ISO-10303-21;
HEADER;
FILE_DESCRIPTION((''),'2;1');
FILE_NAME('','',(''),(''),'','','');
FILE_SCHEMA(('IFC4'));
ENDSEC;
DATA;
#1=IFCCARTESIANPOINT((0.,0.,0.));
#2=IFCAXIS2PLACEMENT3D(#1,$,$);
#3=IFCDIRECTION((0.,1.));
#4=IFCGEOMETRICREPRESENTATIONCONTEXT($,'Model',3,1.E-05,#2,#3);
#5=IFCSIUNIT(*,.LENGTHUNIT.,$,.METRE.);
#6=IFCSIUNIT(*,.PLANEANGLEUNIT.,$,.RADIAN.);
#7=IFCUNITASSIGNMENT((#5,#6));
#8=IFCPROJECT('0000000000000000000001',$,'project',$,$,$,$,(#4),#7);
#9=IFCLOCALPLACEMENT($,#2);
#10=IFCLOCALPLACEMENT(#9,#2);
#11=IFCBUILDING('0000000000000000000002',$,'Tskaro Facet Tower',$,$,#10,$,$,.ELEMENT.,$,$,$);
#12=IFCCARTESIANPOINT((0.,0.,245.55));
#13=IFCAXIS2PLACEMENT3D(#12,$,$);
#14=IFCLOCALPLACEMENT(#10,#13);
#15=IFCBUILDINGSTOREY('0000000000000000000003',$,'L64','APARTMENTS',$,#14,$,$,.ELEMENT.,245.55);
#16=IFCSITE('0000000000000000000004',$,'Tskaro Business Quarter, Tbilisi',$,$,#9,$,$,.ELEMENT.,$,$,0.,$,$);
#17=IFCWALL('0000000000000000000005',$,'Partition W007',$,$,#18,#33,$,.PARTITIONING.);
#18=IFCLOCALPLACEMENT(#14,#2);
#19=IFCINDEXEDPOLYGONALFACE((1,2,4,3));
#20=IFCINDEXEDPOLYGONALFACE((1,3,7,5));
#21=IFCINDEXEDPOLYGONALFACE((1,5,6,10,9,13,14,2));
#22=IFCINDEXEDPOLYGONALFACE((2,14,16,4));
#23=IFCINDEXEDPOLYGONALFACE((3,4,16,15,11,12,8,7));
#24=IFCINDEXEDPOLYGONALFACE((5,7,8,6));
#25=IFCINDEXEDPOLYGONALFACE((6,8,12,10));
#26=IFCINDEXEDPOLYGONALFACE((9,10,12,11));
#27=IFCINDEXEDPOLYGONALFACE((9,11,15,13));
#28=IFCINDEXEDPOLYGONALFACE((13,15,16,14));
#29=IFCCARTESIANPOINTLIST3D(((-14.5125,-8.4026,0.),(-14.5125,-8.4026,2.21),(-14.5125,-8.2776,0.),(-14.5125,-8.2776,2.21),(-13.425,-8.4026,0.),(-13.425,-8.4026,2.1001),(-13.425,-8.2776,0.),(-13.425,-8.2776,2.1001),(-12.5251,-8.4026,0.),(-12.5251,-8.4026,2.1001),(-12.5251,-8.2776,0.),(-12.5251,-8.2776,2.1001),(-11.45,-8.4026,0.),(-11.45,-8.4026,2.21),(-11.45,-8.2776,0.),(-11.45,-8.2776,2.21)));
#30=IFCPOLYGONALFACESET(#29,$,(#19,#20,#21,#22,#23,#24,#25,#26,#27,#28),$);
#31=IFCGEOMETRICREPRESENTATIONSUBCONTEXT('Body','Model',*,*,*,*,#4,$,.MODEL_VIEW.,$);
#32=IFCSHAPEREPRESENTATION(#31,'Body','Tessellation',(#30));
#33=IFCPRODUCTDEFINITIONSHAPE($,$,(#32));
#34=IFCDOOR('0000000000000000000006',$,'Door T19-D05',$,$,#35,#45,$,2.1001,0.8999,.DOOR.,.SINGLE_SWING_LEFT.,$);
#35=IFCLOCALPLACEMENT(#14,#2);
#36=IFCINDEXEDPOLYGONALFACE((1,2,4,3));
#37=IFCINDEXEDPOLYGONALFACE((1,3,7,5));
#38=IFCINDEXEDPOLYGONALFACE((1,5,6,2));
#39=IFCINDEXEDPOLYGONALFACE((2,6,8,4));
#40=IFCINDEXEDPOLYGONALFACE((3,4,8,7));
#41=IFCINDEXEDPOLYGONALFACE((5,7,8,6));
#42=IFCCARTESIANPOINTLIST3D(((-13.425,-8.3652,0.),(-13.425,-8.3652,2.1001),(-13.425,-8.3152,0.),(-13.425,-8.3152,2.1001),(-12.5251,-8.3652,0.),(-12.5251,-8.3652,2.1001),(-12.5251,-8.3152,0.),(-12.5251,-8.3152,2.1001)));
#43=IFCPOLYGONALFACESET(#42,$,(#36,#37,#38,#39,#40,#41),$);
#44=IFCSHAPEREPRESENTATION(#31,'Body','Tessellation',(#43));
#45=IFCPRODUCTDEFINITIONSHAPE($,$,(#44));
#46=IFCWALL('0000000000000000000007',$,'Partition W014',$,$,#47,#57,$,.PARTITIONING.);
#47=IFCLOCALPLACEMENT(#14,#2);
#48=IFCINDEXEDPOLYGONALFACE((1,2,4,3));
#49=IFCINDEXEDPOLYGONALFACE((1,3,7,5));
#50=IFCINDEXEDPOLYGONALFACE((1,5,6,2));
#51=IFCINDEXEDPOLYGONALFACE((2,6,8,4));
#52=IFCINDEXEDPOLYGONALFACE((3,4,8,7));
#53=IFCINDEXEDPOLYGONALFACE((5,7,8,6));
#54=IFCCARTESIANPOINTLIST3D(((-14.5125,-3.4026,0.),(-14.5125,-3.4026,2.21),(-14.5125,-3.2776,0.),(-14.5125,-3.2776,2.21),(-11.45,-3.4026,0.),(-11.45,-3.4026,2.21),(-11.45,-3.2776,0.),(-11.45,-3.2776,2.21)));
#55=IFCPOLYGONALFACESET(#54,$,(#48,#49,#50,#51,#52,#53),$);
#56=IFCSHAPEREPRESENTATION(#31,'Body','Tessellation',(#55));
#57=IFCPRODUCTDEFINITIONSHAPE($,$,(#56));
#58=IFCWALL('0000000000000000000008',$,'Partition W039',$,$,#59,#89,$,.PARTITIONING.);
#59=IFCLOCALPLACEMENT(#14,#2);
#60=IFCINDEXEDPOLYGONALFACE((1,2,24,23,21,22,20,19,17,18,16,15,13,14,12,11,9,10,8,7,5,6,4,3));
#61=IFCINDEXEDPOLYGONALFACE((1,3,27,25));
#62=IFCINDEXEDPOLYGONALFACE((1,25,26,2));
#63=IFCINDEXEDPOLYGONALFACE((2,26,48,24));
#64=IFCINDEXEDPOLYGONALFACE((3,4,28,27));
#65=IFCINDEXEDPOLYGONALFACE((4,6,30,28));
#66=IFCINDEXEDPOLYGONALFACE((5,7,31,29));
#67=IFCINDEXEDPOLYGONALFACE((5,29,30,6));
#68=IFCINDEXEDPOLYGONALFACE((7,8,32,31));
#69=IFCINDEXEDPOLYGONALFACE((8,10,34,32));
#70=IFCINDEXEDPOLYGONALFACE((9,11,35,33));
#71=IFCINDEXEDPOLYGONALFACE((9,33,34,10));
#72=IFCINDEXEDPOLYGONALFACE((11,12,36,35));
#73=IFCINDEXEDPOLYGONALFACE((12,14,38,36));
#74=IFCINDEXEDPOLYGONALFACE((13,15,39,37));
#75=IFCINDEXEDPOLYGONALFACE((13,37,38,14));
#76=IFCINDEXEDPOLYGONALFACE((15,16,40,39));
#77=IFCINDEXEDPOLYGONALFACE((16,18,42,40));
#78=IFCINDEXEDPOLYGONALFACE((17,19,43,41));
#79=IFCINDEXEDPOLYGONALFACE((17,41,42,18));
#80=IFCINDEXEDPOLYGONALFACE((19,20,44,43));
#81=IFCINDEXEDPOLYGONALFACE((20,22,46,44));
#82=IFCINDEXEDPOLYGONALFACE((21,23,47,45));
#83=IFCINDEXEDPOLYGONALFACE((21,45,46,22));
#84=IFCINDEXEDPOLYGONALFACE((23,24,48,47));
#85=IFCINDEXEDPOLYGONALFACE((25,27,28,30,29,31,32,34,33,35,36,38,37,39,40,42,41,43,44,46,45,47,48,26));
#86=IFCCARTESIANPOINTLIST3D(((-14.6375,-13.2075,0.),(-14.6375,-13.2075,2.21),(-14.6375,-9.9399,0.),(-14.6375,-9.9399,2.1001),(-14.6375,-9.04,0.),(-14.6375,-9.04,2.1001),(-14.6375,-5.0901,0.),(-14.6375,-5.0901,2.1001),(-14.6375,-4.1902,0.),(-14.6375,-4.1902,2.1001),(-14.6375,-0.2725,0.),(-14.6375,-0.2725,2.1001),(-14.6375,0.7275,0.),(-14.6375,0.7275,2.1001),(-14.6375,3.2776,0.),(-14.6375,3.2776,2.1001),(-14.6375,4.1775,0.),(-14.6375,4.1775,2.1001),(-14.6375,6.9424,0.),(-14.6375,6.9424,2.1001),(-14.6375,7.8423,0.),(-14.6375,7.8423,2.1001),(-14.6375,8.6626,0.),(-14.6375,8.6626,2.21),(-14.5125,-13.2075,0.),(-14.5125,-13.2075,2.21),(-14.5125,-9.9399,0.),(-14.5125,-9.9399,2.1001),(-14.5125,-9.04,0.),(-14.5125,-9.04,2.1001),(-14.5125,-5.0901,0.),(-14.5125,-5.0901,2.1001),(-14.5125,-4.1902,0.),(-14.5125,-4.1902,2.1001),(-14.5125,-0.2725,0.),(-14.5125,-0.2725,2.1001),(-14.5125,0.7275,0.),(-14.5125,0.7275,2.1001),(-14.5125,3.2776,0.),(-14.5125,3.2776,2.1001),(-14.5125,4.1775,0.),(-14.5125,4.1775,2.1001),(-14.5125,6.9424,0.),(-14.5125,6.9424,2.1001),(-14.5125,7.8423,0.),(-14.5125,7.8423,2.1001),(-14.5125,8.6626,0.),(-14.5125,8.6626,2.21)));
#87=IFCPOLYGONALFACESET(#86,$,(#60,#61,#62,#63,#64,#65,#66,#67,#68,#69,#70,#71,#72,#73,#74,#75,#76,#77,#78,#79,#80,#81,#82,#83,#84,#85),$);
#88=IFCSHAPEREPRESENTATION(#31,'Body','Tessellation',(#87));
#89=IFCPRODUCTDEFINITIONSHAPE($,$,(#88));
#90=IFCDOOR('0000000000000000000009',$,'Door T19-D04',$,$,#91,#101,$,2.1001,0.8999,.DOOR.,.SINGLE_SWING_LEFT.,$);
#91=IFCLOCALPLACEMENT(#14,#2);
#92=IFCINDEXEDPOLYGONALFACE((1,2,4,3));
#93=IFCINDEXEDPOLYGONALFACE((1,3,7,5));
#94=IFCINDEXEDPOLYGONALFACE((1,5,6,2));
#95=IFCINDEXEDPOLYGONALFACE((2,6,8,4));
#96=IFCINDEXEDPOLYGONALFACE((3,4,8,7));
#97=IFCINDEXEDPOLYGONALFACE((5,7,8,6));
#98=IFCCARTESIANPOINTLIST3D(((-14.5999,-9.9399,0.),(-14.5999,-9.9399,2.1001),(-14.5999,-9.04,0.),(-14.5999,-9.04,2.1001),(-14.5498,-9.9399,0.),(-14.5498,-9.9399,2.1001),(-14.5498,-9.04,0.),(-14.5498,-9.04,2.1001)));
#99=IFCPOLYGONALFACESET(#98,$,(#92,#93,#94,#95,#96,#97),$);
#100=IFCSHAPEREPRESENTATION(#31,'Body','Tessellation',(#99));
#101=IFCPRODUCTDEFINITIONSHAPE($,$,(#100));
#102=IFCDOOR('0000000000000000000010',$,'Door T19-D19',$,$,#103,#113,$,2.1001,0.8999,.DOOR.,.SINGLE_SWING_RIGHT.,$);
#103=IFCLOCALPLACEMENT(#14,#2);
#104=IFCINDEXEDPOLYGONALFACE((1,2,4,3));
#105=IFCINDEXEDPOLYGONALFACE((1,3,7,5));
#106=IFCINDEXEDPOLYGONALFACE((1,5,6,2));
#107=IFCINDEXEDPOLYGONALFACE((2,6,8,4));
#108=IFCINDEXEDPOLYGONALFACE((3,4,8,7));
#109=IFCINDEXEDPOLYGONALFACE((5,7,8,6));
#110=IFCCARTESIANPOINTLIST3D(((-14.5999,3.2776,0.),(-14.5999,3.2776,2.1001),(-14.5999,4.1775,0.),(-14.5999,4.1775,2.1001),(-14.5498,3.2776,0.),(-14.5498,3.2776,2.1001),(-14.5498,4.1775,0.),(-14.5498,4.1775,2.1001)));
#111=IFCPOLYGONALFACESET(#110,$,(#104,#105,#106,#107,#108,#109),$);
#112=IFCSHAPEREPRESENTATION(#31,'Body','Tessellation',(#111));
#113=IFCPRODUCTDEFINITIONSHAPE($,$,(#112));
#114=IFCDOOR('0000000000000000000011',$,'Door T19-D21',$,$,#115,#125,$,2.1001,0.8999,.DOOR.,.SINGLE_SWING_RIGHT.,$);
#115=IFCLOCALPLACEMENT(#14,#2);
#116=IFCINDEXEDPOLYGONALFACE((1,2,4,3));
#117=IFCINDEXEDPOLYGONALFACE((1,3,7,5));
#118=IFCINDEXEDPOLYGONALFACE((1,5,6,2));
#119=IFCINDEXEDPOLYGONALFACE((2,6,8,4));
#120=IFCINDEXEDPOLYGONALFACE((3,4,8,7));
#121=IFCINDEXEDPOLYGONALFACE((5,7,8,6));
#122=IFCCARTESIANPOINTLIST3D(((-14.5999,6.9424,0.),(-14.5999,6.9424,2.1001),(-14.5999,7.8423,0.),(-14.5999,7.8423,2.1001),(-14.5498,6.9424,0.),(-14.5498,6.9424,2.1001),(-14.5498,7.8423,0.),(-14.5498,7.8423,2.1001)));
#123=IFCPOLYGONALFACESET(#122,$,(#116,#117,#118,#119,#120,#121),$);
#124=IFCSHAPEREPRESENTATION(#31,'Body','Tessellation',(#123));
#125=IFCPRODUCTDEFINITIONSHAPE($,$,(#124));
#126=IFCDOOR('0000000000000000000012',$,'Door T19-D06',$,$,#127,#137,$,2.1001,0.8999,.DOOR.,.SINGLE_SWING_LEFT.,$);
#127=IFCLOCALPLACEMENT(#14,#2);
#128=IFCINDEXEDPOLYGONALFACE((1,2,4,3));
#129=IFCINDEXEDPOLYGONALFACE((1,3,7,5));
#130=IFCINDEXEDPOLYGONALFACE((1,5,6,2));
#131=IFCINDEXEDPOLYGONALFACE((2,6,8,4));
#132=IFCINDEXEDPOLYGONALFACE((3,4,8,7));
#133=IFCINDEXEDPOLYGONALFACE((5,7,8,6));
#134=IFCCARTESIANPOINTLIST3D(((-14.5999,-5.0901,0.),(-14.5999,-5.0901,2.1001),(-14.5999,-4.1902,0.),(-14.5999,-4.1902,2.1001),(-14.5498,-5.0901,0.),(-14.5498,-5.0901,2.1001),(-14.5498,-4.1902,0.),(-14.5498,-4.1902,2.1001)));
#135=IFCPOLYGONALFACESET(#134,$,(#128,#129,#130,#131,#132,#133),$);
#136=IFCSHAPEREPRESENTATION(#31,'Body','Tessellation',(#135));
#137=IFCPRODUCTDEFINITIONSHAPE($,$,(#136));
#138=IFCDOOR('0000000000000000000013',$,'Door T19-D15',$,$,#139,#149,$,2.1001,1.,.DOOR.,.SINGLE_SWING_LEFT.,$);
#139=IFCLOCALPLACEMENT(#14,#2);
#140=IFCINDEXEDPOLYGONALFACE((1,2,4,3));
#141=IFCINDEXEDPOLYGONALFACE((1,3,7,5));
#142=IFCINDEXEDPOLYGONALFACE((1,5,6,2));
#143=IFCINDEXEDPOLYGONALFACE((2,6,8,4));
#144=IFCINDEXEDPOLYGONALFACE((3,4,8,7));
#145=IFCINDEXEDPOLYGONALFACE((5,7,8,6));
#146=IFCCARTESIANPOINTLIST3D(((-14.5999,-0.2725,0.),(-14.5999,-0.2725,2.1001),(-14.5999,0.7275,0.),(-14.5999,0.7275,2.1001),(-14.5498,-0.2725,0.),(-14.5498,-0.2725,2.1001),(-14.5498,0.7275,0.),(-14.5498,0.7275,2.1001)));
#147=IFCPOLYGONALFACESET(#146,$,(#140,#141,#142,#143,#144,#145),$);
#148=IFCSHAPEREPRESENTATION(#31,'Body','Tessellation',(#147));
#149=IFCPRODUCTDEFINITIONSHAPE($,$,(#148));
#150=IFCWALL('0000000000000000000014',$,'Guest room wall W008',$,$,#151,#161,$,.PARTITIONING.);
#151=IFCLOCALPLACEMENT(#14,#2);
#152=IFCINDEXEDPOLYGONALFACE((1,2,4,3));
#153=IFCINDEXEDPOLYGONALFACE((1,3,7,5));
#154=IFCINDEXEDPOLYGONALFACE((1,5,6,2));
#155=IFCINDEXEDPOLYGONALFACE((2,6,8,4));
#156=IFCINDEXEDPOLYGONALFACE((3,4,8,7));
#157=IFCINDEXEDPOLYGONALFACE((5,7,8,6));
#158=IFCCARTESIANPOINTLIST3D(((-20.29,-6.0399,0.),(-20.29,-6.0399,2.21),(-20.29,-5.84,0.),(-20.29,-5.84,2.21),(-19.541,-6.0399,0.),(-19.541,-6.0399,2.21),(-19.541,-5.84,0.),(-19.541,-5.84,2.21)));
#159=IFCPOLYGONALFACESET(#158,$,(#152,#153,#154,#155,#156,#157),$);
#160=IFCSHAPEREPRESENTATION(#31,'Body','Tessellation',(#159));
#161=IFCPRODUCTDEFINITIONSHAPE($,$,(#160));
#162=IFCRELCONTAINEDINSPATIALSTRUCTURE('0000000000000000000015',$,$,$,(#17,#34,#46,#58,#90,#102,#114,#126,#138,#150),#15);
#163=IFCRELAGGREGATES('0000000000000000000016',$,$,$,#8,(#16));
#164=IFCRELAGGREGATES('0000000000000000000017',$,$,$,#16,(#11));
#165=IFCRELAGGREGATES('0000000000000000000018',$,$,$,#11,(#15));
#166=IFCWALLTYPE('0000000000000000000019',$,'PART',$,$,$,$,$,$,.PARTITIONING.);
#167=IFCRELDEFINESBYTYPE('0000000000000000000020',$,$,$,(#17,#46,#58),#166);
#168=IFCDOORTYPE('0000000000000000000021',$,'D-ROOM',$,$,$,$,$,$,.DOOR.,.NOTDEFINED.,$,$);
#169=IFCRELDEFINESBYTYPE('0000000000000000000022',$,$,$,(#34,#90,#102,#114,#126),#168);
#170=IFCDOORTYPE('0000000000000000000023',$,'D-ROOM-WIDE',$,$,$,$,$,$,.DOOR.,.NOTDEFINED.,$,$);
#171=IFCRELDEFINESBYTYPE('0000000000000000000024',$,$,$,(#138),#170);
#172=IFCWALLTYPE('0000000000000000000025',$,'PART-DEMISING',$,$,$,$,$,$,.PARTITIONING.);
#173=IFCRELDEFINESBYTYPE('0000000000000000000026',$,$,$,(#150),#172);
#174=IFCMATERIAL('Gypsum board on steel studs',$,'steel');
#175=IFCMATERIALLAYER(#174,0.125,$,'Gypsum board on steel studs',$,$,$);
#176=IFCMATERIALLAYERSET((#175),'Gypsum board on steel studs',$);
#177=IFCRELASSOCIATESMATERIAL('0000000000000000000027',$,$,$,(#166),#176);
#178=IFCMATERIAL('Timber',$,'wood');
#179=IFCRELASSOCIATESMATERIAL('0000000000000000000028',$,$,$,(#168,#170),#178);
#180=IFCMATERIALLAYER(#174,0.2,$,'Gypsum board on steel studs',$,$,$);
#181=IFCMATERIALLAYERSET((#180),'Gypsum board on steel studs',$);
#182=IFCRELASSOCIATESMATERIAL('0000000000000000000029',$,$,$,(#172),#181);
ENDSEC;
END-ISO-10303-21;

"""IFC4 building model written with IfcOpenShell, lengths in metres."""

from ifc_helpers import new_model, si_unit, direction, frame, frame_2d, origin, place, context, subcontext, project, spatial, rectangle, extrude, material, layer, layer_set, type_object, element, fill, save


model = new_model("IFC4")

# Units and contexts
model_context = context("Model", 3, precision=1e-05, world=origin(), true_north=direction((0.0, 1.0)))
body_context = subcontext(model_context, "Body", "Model", "MODEL_VIEW")
ifc_project = project(units=[si_unit("LENGTHUNIT", "METRE"), si_unit("PLANEANGLEUNIT", "RADIAN")], contexts=[model_context])

# Site, building, storey
site_placement = place(None, origin())
site = spatial("IfcSite", under=ifc_project, at=site_placement, Name="Tskaro Business Quarter, Tbilisi", CompositionType="ELEMENT", RefElevation=0.0)
building_placement = place(site_placement, origin())
building = spatial("IfcBuilding", under=site, at=building_placement, Name="Tskaro Facet Tower", CompositionType="ELEMENT")
storey_placement = place(building_placement, frame((0.0, 0.0, 245.55)))
storey = spatial("IfcBuildingStorey", under=building, at=storey_placement, Name="L64", Description="APARTMENTS", CompositionType="ELEMENT", Elevation=245.55)

# Shared definitions
ifc_material_1 = material(Name="Gypsum board on steel studs", Category="steel")
ifc_layer_1 = layer(ifc_material_1, 0.125, Name="Gypsum board on steel studs")
ifc_layer_set_1 = layer_set([ifc_layer_1], Name="Gypsum board on steel studs")
wall_type_1 = type_object("IfcWallType", Name="PART", PredefinedType="PARTITIONING", material=ifc_layer_set_1)

# Wall, opening, door
wall_1_placement = place(storey_placement, frame((-14.5125, -8.3401, 0.0), z_axis=(0.0, 0.0, 1.0), x_axis=(1.0, 0.0, 0.0)))
wall_1 = element("IfcWall", 1, at=wall_1_placement, inside=storey, type_object=wall_type_1, Name="Partition W007", PredefinedType="PARTITIONING", context=body_context, shape_type="SweptSolid", body=[
    extrude(rectangle(XDim=3.0625, YDim=0.125, at=frame_2d((1.5312, 0.0))), origin(), (0.0, 0.0, 1.0), 2.21),
])
opening_1_placement = place(wall_1_placement, frame((1.0874, 0.0, 0.0)))
opening_1 = element("IfcOpeningElement", 2, at=opening_1_placement, cuts=wall_1, PredefinedType="OPENING", context=body_context, shape_type="SweptSolid", body=[
    extrude(rectangle(XDim=0.8999, YDim=2.1001, at=frame_2d((0.45, 1.05))), frame((0.0, 0.0725, 0.0), z_axis=(0.0, -1.0, 0.0), x_axis=(1.0, 0.0, 0.0)), (0.0, 0.0, 1.0), 0.145),
])
ifc_material_2 = material(Name="Timber", Category="wood")
door_type_1 = type_object("IfcDoorType", Name="D-ROOM", OperationType="NOTDEFINED", PredefinedType="DOOR", material=ifc_material_2)
door_1_placement = place(opening_1_placement, origin())
door_1 = element("IfcDoor", 3, at=door_1_placement, inside=storey, type_object=door_type_1, Name="Door T19-D05", OperationType="SINGLE_SWING_LEFT", OverallHeight=2.1001, OverallWidth=0.8999, PredefinedType="DOOR", context=body_context, shape_type="SweptSolid", body=[
    extrude(rectangle(XDim=0.8999, YDim=2.1001, at=frame_2d((0.45, 1.05))), frame((0.0, 0.0249, 0.0), z_axis=(0.0, -1.0, 0.0), x_axis=(1.0, 0.0, 0.0)), (0.0, 0.0, 1.0), 0.05),
])
fill(opening_1, door_1)

# Wall
wall_2_placement = place(storey_placement, frame((-14.5125, -3.3401, 0.0), z_axis=(0.0, 0.0, 1.0), x_axis=(1.0, 0.0, 0.0)))
element("IfcWall", 4, at=wall_2_placement, inside=storey, type_object=wall_type_1, Name="Partition W014", PredefinedType="PARTITIONING", context=body_context, shape_type="SweptSolid", body=[
    extrude(rectangle(XDim=3.0625, YDim=0.125, at=frame_2d((1.5312, 0.0))), origin(), (0.0, 0.0, 1.0), 2.21),
])

# Wall, openings, doors
wall_3_placement = place(storey_placement, frame((-14.575, -13.2075, 0.0), z_axis=(0.0, 0.0, 1.0), x_axis=(0.0, 1.0, 0.0)))
wall_3 = element("IfcWall", 5, at=wall_3_placement, inside=storey, type_object=wall_type_1, Name="Partition W039", PredefinedType="PARTITIONING", context=body_context, shape_type="SweptSolid", body=[
    extrude(rectangle(XDim=21.8701, YDim=0.125, at=frame_2d((10.9351, 0.0))), origin(), (0.0, 0.0, 1.0), 2.21),
])
opening_2_placement = place(wall_3_placement, frame((3.2676, 0.0, 0.0)))
opening_2 = element("IfcOpeningElement", 6, at=opening_2_placement, cuts=wall_3, PredefinedType="OPENING", context=body_context, shape_type="SweptSolid", body=[
    extrude(rectangle(XDim=0.8999, YDim=2.1001, at=frame_2d((0.45, 1.05))), frame((0.0, 0.0725, 0.0), z_axis=(0.0, -1.0, 0.0), x_axis=(1.0, 0.0, 0.0)), (0.0, 0.0, 1.0), 0.145),
])
opening_3_placement = place(wall_3_placement, frame((16.4851, 0.0, 0.0)))
opening_3 = element("IfcOpeningElement", 7, at=opening_3_placement, cuts=wall_3, PredefinedType="OPENING", context=body_context, shape_type="SweptSolid", body=[
    extrude(rectangle(XDim=0.8999, YDim=2.1001, at=frame_2d((0.45, 1.05))), frame((0.0, 0.0725, 0.0), z_axis=(0.0, -1.0, 0.0), x_axis=(1.0, 0.0, 0.0)), (0.0, 0.0, 1.0), 0.145),
])
opening_4_placement = place(wall_3_placement, frame((12.9351, 0.0, 0.0)))
opening_4 = element("IfcOpeningElement", 8, at=opening_4_placement, cuts=wall_3, PredefinedType="OPENING", context=body_context, shape_type="SweptSolid", body=[
    extrude(rectangle(XDim=1.0, YDim=2.1001, at=frame_2d((0.5, 1.05))), frame((0.0, 0.0725, 0.0), z_axis=(0.0, -1.0, 0.0), x_axis=(1.0, 0.0, 0.0)), (0.0, 0.0, 1.0), 0.145),
])
opening_5_placement = place(wall_3_placement, frame((20.1499, 0.0, 0.0)))
opening_5 = element("IfcOpeningElement", 9, at=opening_5_placement, cuts=wall_3, PredefinedType="OPENING", context=body_context, shape_type="SweptSolid", body=[
    extrude(rectangle(XDim=0.8999, YDim=2.1001, at=frame_2d((0.45, 1.05))), frame((0.0, 0.0725, 0.0), z_axis=(0.0, -1.0, 0.0), x_axis=(1.0, 0.0, 0.0)), (0.0, 0.0, 1.0), 0.145),
])
opening_6_placement = place(wall_3_placement, frame((8.1174, 0.0, 0.0)))
opening_6 = element("IfcOpeningElement", 10, at=opening_6_placement, cuts=wall_3, PredefinedType="OPENING", context=body_context, shape_type="SweptSolid", body=[
    extrude(rectangle(XDim=0.8999, YDim=2.1001, at=frame_2d((0.45, 1.05))), frame((0.0, 0.0725, 0.0), z_axis=(0.0, -1.0, 0.0), x_axis=(1.0, 0.0, 0.0)), (0.0, 0.0, 1.0), 0.145),
])
door_2_placement = place(opening_2_placement, origin())
door_2 = element("IfcDoor", 11, at=door_2_placement, inside=storey, type_object=door_type_1, Name="Door T19-D04", OperationType="SINGLE_SWING_LEFT", OverallHeight=2.1001, OverallWidth=0.8999, PredefinedType="DOOR", context=body_context, shape_type="SweptSolid", body=[
    extrude(rectangle(XDim=0.8999, YDim=2.1001, at=frame_2d((0.45, 1.05))), frame((0.0, 0.0249, 0.0), z_axis=(0.0, -1.0, 0.0), x_axis=(1.0, 0.0, 0.0)), (0.0, 0.0, 1.0), 0.05),
])
fill(opening_2, door_2)
door_3_placement = place(opening_3_placement, origin())
door_3 = element("IfcDoor", 12, at=door_3_placement, inside=storey, type_object=door_type_1, Name="Door T19-D19", OperationType="SINGLE_SWING_RIGHT", OverallHeight=2.1001, OverallWidth=0.8999, PredefinedType="DOOR", context=body_context, shape_type="SweptSolid", body=[
    extrude(rectangle(XDim=0.8999, YDim=2.1001, at=frame_2d((0.45, 1.05))), frame((0.0, 0.0249, 0.0), z_axis=(0.0, -1.0, 0.0), x_axis=(1.0, 0.0, 0.0)), (0.0, 0.0, 1.0), 0.05),
])
fill(opening_3, door_3)
door_4_placement = place(opening_5_placement, origin())
door_4 = element("IfcDoor", 13, at=door_4_placement, inside=storey, type_object=door_type_1, Name="Door T19-D21", OperationType="SINGLE_SWING_RIGHT", OverallHeight=2.1001, OverallWidth=0.8999, PredefinedType="DOOR", context=body_context, shape_type="SweptSolid", body=[
    extrude(rectangle(XDim=0.8999, YDim=2.1001, at=frame_2d((0.45, 1.05))), frame((0.0, 0.0249, 0.0), z_axis=(0.0, -1.0, 0.0), x_axis=(1.0, 0.0, 0.0)), (0.0, 0.0, 1.0), 0.05),
])
fill(opening_5, door_4)
door_5_placement = place(opening_6_placement, origin())
door_5 = element("IfcDoor", 14, at=door_5_placement, inside=storey, type_object=door_type_1, Name="Door T19-D06", OperationType="SINGLE_SWING_LEFT", OverallHeight=2.1001, OverallWidth=0.8999, PredefinedType="DOOR", context=body_context, shape_type="SweptSolid", body=[
    extrude(rectangle(XDim=0.8999, YDim=2.1001, at=frame_2d((0.45, 1.05))), frame((0.0, 0.0249, 0.0), z_axis=(0.0, -1.0, 0.0), x_axis=(1.0, 0.0, 0.0)), (0.0, 0.0, 1.0), 0.05),
])
fill(opening_6, door_5)
door_type_2 = type_object("IfcDoorType", Name="D-ROOM-WIDE", OperationType="NOTDEFINED", PredefinedType="DOOR", material=ifc_material_2)
door_6_placement = place(opening_4_placement, origin())
door_6 = element("IfcDoor", 15, at=door_6_placement, inside=storey, type_object=door_type_2, Name="Door T19-D15", OperationType="SINGLE_SWING_LEFT", OverallHeight=2.1001, OverallWidth=1.0, PredefinedType="DOOR", context=body_context, shape_type="SweptSolid", body=[
    extrude(rectangle(XDim=1.0, YDim=2.1001, at=frame_2d((0.5, 1.05))), frame((0.0, 0.0249, 0.0), z_axis=(0.0, -1.0, 0.0), x_axis=(1.0, 0.0, 0.0)), (0.0, 0.0, 1.0), 0.05),
])
fill(opening_4, door_6)

# Wall
ifc_layer_2 = layer(ifc_material_1, 0.2, Name="Gypsum board on steel studs")
ifc_layer_set_2 = layer_set([ifc_layer_2], Name="Gypsum board on steel studs")
wall_type_2 = type_object("IfcWallType", Name="PART-DEMISING", PredefinedType="PARTITIONING", material=ifc_layer_set_2)
wall_4_placement = place(storey_placement, frame((-20.29, -5.9399, 0.0), z_axis=(0.0, 0.0, 1.0), x_axis=(1.0, 0.0, 0.0)))
element("IfcWall", 16, at=wall_4_placement, inside=storey, type_object=wall_type_2, Name="Guest room wall W008", PredefinedType="PARTITIONING", context=body_context, shape_type="SweptSolid", body=[
    extrude(rectangle(XDim=0.749, YDim=0.2, at=frame_2d((0.3745, 0.0))), origin(), (0.0, 0.0, 1.0), 2.21),
])

save(model, "model.ifc")
